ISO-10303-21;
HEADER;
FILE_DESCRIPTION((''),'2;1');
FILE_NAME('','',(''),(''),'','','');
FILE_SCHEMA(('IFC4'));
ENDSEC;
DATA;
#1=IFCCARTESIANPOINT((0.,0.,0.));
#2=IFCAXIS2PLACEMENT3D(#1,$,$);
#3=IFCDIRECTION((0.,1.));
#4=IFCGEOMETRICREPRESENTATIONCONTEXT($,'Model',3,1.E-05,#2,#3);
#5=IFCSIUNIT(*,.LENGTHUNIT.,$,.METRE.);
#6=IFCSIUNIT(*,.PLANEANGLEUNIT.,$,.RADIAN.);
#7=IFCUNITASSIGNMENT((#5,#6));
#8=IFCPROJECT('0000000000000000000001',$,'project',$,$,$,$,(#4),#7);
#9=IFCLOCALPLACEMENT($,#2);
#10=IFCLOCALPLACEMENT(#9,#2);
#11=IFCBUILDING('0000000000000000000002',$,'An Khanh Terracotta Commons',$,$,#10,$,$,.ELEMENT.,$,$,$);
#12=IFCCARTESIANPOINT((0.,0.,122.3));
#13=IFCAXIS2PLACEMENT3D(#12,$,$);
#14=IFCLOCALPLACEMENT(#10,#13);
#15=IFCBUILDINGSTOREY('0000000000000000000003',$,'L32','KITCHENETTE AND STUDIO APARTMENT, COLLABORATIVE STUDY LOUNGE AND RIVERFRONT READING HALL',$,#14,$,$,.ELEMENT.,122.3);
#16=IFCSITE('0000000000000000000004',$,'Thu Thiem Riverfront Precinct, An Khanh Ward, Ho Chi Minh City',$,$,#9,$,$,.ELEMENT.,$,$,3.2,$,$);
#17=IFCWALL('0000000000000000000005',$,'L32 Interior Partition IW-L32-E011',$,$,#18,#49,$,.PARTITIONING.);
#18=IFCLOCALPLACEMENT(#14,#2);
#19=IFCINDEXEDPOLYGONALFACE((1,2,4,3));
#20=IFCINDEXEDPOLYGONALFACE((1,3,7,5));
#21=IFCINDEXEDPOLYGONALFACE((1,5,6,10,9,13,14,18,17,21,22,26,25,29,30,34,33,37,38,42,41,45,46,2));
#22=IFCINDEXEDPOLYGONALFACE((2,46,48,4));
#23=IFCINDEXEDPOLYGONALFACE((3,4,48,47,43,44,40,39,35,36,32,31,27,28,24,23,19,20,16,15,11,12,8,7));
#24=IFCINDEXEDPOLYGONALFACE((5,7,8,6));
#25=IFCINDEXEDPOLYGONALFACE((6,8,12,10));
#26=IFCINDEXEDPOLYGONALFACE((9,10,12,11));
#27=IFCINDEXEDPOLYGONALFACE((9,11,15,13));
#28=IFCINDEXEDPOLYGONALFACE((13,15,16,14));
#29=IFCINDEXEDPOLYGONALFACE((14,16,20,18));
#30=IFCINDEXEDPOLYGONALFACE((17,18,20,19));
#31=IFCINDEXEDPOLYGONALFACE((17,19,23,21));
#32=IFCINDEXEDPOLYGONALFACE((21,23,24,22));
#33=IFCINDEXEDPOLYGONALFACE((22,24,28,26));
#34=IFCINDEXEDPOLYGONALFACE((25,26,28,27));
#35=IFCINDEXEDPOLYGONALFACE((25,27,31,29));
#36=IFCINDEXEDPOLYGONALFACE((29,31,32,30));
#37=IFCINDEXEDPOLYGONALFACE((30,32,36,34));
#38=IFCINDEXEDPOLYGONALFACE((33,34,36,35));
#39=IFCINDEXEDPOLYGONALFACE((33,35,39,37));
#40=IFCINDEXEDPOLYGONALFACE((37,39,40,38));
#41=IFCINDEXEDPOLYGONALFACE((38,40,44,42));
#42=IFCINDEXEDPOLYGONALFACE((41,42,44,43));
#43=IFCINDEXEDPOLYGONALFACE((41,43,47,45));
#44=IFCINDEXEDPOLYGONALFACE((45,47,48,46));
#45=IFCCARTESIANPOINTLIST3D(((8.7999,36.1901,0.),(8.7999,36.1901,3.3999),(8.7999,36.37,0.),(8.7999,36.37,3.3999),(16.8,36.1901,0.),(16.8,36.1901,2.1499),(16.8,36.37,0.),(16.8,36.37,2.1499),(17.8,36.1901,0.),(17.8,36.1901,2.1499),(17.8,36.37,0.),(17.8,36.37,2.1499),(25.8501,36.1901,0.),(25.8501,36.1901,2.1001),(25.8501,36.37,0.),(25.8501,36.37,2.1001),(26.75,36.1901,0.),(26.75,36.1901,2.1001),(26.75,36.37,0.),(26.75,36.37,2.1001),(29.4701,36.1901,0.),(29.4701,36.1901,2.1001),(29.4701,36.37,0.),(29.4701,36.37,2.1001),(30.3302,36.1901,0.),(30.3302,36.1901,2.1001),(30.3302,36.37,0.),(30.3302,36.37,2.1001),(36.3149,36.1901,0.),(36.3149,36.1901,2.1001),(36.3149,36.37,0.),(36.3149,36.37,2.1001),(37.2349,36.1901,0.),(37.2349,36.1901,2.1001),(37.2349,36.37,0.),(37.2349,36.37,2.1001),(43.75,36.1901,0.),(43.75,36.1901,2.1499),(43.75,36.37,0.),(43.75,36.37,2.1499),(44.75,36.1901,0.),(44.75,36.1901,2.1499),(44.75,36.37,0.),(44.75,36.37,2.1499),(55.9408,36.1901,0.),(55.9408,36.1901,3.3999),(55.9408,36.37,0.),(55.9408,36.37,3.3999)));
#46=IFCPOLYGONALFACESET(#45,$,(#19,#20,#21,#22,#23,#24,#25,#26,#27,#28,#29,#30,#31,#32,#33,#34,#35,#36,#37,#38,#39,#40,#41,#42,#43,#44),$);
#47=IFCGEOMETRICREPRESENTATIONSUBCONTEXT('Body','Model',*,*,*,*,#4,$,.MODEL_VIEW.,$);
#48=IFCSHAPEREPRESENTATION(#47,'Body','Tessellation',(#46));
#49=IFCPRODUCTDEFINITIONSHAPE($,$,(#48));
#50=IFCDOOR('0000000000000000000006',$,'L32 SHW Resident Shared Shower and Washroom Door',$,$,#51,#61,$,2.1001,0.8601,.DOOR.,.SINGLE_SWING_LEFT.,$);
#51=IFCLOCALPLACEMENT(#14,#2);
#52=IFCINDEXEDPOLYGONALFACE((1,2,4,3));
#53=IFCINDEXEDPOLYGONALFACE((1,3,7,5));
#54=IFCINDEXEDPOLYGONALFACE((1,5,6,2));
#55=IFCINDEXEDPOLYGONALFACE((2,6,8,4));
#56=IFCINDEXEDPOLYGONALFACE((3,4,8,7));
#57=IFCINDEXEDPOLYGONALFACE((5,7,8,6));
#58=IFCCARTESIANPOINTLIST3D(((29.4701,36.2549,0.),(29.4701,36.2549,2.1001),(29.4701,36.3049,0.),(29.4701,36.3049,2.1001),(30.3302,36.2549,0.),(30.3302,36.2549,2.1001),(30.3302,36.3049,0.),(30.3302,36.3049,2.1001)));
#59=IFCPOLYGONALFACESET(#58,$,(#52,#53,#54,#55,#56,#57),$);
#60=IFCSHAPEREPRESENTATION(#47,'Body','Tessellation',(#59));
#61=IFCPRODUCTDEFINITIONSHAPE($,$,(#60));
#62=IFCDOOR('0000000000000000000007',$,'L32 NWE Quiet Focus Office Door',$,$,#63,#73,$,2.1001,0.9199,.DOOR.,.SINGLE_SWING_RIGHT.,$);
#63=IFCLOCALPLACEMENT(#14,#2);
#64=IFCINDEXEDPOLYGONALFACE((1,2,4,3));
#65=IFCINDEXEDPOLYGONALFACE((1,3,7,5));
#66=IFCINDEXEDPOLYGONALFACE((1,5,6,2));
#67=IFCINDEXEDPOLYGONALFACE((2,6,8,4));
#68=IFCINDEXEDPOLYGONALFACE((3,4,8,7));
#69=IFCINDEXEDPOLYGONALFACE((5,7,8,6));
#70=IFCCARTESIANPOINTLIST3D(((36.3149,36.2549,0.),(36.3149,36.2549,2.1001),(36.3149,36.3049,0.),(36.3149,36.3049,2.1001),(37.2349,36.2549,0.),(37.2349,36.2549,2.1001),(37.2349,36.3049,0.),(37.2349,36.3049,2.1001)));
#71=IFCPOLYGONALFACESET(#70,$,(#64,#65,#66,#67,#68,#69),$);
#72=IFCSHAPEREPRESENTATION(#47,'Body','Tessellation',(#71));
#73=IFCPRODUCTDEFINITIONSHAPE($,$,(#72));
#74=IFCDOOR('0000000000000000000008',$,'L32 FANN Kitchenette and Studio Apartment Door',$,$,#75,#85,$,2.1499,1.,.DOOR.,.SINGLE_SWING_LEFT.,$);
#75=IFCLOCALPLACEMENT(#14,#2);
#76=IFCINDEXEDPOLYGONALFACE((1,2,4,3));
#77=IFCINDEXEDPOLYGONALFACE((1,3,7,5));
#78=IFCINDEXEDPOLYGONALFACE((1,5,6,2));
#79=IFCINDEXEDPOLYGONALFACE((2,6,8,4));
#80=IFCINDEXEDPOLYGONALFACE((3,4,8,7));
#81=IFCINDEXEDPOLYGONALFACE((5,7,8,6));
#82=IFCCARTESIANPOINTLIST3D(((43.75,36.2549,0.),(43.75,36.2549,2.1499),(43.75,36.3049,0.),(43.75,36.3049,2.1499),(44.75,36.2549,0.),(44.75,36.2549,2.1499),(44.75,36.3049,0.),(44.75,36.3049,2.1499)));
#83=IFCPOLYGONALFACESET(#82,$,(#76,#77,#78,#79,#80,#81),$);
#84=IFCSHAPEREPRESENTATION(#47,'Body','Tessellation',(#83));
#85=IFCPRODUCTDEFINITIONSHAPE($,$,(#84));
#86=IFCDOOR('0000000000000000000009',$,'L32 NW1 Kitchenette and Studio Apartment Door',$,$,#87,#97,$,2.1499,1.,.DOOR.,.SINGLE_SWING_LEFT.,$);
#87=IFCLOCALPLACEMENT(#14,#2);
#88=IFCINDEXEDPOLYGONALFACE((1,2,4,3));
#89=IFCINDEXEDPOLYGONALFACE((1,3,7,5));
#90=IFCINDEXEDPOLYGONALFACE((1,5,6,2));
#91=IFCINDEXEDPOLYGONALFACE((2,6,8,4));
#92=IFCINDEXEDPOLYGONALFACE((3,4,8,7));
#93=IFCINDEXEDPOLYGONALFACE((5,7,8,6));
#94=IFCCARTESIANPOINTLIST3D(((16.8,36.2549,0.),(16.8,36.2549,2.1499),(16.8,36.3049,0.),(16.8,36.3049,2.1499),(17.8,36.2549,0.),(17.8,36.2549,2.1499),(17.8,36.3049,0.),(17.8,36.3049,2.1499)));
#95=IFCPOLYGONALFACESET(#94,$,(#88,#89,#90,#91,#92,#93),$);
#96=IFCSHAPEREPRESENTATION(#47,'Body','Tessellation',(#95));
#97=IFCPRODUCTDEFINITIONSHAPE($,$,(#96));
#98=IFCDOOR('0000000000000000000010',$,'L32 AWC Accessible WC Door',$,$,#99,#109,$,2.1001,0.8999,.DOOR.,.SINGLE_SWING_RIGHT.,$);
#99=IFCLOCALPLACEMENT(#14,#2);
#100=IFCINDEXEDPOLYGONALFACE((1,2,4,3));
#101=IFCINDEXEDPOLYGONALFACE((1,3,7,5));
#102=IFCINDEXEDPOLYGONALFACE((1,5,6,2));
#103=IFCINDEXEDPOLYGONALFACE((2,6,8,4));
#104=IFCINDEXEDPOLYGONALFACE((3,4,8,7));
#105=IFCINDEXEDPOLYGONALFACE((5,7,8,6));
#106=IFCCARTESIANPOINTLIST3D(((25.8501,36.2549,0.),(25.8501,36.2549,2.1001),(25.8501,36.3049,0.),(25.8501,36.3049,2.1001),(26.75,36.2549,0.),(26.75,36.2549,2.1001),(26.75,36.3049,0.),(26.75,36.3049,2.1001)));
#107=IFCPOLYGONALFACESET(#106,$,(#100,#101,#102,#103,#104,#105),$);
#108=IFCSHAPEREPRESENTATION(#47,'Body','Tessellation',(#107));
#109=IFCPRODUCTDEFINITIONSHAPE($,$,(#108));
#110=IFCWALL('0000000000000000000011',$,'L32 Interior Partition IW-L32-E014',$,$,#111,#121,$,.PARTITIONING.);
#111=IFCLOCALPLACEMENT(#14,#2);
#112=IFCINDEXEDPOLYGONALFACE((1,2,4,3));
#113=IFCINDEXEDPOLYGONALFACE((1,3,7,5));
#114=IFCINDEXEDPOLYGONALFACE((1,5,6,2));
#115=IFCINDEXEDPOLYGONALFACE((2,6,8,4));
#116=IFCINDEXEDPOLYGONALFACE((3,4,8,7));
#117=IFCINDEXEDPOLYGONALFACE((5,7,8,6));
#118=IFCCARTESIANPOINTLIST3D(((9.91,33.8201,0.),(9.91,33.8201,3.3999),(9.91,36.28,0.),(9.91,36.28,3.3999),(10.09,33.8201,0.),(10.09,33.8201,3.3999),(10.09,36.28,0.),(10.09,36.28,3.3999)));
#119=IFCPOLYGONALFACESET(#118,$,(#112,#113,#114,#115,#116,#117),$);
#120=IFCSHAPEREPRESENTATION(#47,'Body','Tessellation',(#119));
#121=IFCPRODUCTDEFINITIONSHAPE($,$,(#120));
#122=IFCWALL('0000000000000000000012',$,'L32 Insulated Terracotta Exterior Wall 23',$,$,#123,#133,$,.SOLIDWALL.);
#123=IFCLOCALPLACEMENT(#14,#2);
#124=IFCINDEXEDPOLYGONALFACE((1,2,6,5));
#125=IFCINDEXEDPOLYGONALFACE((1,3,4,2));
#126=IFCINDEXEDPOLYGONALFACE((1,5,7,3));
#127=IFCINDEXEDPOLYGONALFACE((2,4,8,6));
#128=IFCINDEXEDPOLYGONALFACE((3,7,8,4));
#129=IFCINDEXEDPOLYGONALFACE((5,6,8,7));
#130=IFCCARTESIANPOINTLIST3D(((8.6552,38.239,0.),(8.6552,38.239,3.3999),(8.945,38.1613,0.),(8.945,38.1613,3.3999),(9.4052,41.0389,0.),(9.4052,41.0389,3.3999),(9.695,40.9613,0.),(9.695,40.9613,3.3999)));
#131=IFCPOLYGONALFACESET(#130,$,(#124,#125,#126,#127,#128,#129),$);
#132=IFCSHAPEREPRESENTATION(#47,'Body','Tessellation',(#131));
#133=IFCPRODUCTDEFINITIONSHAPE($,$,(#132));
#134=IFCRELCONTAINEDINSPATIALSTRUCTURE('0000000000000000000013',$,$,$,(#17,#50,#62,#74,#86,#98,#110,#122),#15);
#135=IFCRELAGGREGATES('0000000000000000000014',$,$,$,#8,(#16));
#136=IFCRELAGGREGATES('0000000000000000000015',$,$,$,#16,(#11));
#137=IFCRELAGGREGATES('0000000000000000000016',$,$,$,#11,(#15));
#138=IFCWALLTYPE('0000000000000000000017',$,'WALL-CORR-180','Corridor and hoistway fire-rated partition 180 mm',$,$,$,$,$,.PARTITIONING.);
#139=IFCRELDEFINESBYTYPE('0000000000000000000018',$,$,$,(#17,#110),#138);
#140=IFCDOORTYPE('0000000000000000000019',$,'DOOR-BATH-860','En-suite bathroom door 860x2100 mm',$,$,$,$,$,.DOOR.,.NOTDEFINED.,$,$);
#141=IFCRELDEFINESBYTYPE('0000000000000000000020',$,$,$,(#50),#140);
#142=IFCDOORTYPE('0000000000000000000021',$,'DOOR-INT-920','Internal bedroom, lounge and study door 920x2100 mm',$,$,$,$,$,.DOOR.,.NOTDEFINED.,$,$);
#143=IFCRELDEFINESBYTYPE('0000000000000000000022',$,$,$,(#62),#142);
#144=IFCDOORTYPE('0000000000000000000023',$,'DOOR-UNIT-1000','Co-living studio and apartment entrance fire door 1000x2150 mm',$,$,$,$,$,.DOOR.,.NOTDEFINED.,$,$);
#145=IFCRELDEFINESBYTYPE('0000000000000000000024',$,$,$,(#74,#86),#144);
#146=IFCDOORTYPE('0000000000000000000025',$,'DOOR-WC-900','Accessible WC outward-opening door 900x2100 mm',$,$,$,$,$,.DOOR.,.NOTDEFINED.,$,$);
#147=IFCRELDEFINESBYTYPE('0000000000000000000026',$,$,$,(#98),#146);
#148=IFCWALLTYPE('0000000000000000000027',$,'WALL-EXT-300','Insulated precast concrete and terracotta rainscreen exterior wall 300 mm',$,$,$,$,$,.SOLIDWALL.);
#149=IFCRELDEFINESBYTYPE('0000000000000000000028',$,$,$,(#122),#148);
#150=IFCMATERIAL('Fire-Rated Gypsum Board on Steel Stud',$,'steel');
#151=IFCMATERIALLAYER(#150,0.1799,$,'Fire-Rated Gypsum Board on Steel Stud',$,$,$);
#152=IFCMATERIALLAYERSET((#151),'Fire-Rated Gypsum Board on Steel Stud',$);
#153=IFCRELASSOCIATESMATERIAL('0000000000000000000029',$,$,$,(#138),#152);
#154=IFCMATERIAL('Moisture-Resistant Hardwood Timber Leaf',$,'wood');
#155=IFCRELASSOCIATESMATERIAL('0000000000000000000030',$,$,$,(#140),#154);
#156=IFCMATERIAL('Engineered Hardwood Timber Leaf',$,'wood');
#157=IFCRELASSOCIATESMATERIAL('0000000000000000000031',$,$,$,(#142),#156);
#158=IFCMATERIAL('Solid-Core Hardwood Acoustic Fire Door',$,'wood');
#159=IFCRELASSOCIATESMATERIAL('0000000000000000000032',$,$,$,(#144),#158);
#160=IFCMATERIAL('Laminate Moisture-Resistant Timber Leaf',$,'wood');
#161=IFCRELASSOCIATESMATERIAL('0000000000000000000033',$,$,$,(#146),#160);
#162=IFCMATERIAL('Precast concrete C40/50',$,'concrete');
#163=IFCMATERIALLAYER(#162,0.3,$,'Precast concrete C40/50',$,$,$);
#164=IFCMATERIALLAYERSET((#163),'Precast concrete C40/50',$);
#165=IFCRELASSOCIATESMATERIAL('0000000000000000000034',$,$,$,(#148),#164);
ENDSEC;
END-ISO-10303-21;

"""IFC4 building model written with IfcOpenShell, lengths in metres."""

from ifc_helpers import new_model, si_unit, direction, frame, frame_2d, origin, place, context, subcontext, project, spatial, rectangle, extrude, material, layer, layer_set, type_object, element, fill, save


model = new_model("IFC4")

# Units and contexts
model_context = context("Model", 3, precision=1e-05, world=origin(), true_north=direction((0.0, 1.0)))
body_context = subcontext(model_context, "Body", "Model", "MODEL_VIEW")
ifc_project = project(units=[si_unit("LENGTHUNIT", "METRE"), si_unit("PLANEANGLEUNIT", "RADIAN")], contexts=[model_context])

# Site, building, storey
site_placement = place(None, origin())
site = spatial("IfcSite", under=ifc_project, at=site_placement, Name="Thu Thiem Riverfront Precinct, An Khanh Ward, Ho Chi Minh City", CompositionType="ELEMENT", RefElevation=3.2)
building_placement = place(site_placement, origin())
building = spatial("IfcBuilding", under=site, at=building_placement, Name="An Khanh Terracotta Commons", CompositionType="ELEMENT")
storey_placement = place(building_placement, frame((0.0, 0.0, 122.3)))
storey = spatial("IfcBuildingStorey", under=building, at=storey_placement, Name="L32", Description="KITCHENETTE AND STUDIO APARTMENT, COLLABORATIVE STUDY LOUNGE AND RIVERFRONT READING HALL", CompositionType="ELEMENT", Elevation=122.3)

# Wall, openings, doors
ifc_material_1 = material(Name="Fire-Rated Gypsum Board on Steel Stud", Category="steel")
ifc_layer_1 = layer(ifc_material_1, 0.1799, Name="Fire-Rated Gypsum Board on Steel Stud")
ifc_layer_set_1 = layer_set([ifc_layer_1], Name="Fire-Rated Gypsum Board on Steel Stud")
wall_type_1 = type_object("IfcWallType", Name="WALL-CORR-180", Description="Corridor and hoistway fire-rated partition 180 mm", PredefinedType="PARTITIONING", material=ifc_layer_set_1)
wall_1_placement = place(storey_placement, frame((8.8, 36.28, 0.0), z_axis=(0.0, 0.0, 1.0), x_axis=(1.0, 0.0, 0.0)))
wall_1 = element("IfcWall", 1, at=wall_1_placement, inside=storey, type_object=wall_type_1, Name="L32 Interior Partition IW-L32-E011", PredefinedType="PARTITIONING", context=body_context, shape_type="SweptSolid", body=[
    extrude(rectangle(XDim=47.1409, YDim=0.1799, at=frame_2d((23.5703, 0.0))), origin(), (0.0, 0.0, 1.0), 3.3999),
])
opening_1_placement = place(wall_1_placement, frame((17.05, 0.0, 0.0)))
opening_1 = element("IfcOpeningElement", 2, at=opening_1_placement, cuts=wall_1, PredefinedType="OPENING", context=body_context, shape_type="SweptSolid", body=[
    extrude(rectangle(XDim=0.8999, YDim=2.1001, at=frame_2d((0.45, 1.05))), frame((0.0, 0.0999, 0.0), z_axis=(0.0, -1.0, 0.0), x_axis=(1.0, 0.0, 0.0)), (0.0, 0.0, 1.0), 0.2),
])
opening_2_placement = place(wall_1_placement, frame((20.6699, 0.0, 0.0)))
opening_2 = element("IfcOpeningElement", 3, at=opening_2_placement, cuts=wall_1, PredefinedType="OPENING", context=body_context, shape_type="SweptSolid", body=[
    extrude(rectangle(XDim=0.8601, YDim=2.1001, at=frame_2d((0.4302, 1.05))), frame((0.0, 0.0999, 0.0), z_axis=(0.0, -1.0, 0.0), x_axis=(1.0, 0.0, 0.0)), (0.0, 0.0, 1.0), 0.2),
])
opening_3_placement = place(wall_1_placement, frame((34.95, 0.0, 0.0)))
opening_3 = element("IfcOpeningElement", 4, at=opening_3_placement, cuts=wall_1, PredefinedType="OPENING", context=body_context, shape_type="SweptSolid", body=[
    extrude(rectangle(XDim=1.0, YDim=2.1499, at=frame_2d((0.5, 1.075))), frame((0.0, 0.0999, 0.0), z_axis=(0.0, -1.0, 0.0), x_axis=(1.0, 0.0, 0.0)), (0.0, 0.0, 1.0), 0.2),
])
opening_4_placement = place(wall_1_placement, frame((8.0, 0.0, 0.0)))
opening_4 = element("IfcOpeningElement", 5, at=opening_4_placement, cuts=wall_1, PredefinedType="OPENING", context=body_context, shape_type="SweptSolid", body=[
    extrude(rectangle(XDim=1.0, YDim=2.1499, at=frame_2d((0.5, 1.075))), frame((0.0, 0.0999, 0.0), z_axis=(0.0, -1.0, 0.0), x_axis=(1.0, 0.0, 0.0)), (0.0, 0.0, 1.0), 0.2),
])
opening_5_placement = place(wall_1_placement, frame((27.5149, 0.0, 0.0)))
opening_5 = element("IfcOpeningElement", 6, at=opening_5_placement, cuts=wall_1, PredefinedType="OPENING", context=body_context, shape_type="SweptSolid", body=[
    extrude(rectangle(XDim=0.9199, YDim=2.1001, at=frame_2d((0.46, 1.05))), frame((0.0, 0.0999, 0.0), z_axis=(0.0, -1.0, 0.0), x_axis=(1.0, 0.0, 0.0)), (0.0, 0.0, 1.0), 0.2),
])
ifc_material_2 = material(Name="Moisture-Resistant Hardwood Timber Leaf", Category="wood")
door_type_1 = type_object("IfcDoorType", Name="DOOR-BATH-860", Description="En-suite bathroom door 860x2100 mm", OperationType="NOTDEFINED", PredefinedType="DOOR", material=ifc_material_2)
door_1_placement = place(opening_2_placement, origin())
door_1 = element("IfcDoor", 7, at=door_1_placement, inside=storey, type_object=door_type_1, Name="L32 SHW Resident Shared Shower and Washroom Door", OperationType="SINGLE_SWING_LEFT", OverallHeight=2.1001, OverallWidth=0.8601, PredefinedType="DOOR", context=body_context, shape_type="SweptSolid", body=[
    extrude(rectangle(XDim=0.8601, YDim=2.1001, at=frame_2d((0.4302, 1.05))), frame((0.0, 0.0249, 0.0), z_axis=(0.0, -1.0, 0.0), x_axis=(1.0, 0.0, 0.0)), (0.0, 0.0, 1.0), 0.05),
])
fill(opening_2, door_1)
ifc_material_3 = material(Name="Engineered Hardwood Timber Leaf", Category="wood")
door_type_2 = type_object("IfcDoorType", Name="DOOR-INT-920", Description="Internal bedroom, lounge and study door 920x2100 mm", OperationType="NOTDEFINED", PredefinedType="DOOR", material=ifc_material_3)
door_2_placement = place(opening_5_placement, origin())
door_2 = element("IfcDoor", 8, at=door_2_placement, inside=storey, type_object=door_type_2, Name="L32 NWE Quiet Focus Office Door", OperationType="SINGLE_SWING_RIGHT", OverallHeight=2.1001, OverallWidth=0.9199, PredefinedType="DOOR", context=body_context, shape_type="SweptSolid", body=[
    extrude(rectangle(XDim=0.9199, YDim=2.1001, at=frame_2d((0.46, 1.05))), frame((0.0, 0.0249, 0.0), z_axis=(0.0, -1.0, 0.0), x_axis=(1.0, 0.0, 0.0)), (0.0, 0.0, 1.0), 0.05),
])
fill(opening_5, door_2)
ifc_material_4 = material(Name="Solid-Core Hardwood Acoustic Fire Door", Category="wood")
door_type_3 = type_object("IfcDoorType", Name="DOOR-UNIT-1000", Description="Co-living studio and apartment entrance fire door 1000x2150 mm", OperationType="NOTDEFINED", PredefinedType="DOOR", material=ifc_material_4)
door_3_placement = place(opening_3_placement, origin())
door_3 = element("IfcDoor", 9, at=door_3_placement, inside=storey, type_object=door_type_3, Name="L32 FANN Kitchenette and Studio Apartment Door", OperationType="SINGLE_SWING_LEFT", OverallHeight=2.1499, OverallWidth=1.0, PredefinedType="DOOR", context=body_context, shape_type="SweptSolid", body=[
    extrude(rectangle(XDim=1.0, YDim=2.1499, at=frame_2d((0.5, 1.075))), frame((0.0, 0.0249, 0.0), z_axis=(0.0, -1.0, 0.0), x_axis=(1.0, 0.0, 0.0)), (0.0, 0.0, 1.0), 0.05),
])
fill(opening_3, door_3)
door_4_placement = place(opening_4_placement, origin())
door_4 = element("IfcDoor", 10, at=door_4_placement, inside=storey, type_object=door_type_3, Name="L32 NW1 Kitchenette and Studio Apartment Door", OperationType="SINGLE_SWING_LEFT", OverallHeight=2.1499, OverallWidth=1.0, PredefinedType="DOOR", context=body_context, shape_type="SweptSolid", body=[
    extrude(rectangle(XDim=1.0, YDim=2.1499, at=frame_2d((0.5, 1.075))), frame((0.0, 0.0249, 0.0), z_axis=(0.0, -1.0, 0.0), x_axis=(1.0, 0.0, 0.0)), (0.0, 0.0, 1.0), 0.05),
])
fill(opening_4, door_4)
ifc_material_5 = material(Name="Laminate Moisture-Resistant Timber Leaf", Category="wood")
door_type_4 = type_object("IfcDoorType", Name="DOOR-WC-900", Description="Accessible WC outward-opening door 900x2100 mm", OperationType="NOTDEFINED", PredefinedType="DOOR", material=ifc_material_5)
door_5_placement = place(opening_1_placement, origin())
door_5 = element("IfcDoor", 11, at=door_5_placement, inside=storey, type_object=door_type_4, Name="L32 AWC Accessible WC Door", OperationType="SINGLE_SWING_RIGHT", OverallHeight=2.1001, OverallWidth=0.8999, PredefinedType="DOOR", context=body_context, shape_type="SweptSolid", body=[
    extrude(rectangle(XDim=0.8999, YDim=2.1001, at=frame_2d((0.45, 1.05))), frame((0.0, 0.0249, 0.0), z_axis=(0.0, -1.0, 0.0), x_axis=(1.0, 0.0, 0.0)), (0.0, 0.0, 1.0), 0.05),
])
fill(opening_1, door_5)

# Walls
wall_2_placement = place(storey_placement, frame((10.0, 33.8201, 0.0), z_axis=(0.0, 0.0, 1.0), x_axis=(0.0, 1.0, 0.0)))
element("IfcWall", 12, at=wall_2_placement, inside=storey, type_object=wall_type_1, Name="L32 Interior Partition IW-L32-E014", PredefinedType="PARTITIONING", context=body_context, shape_type="SweptSolid", body=[
    extrude(rectangle(XDim=2.46, YDim=0.1799, at=frame_2d((1.23, 0.0))), origin(), (0.0, 0.0, 1.0), 3.3999),
])
ifc_material_6 = material(Name="Precast concrete C40/50", Category="concrete")
ifc_layer_2 = layer(ifc_material_6, 0.3, Name="Precast concrete C40/50")
ifc_layer_set_2 = layer_set([ifc_layer_2], Name="Precast concrete C40/50")
wall_type_2 = type_object("IfcWallType", Name="WALL-EXT-300", Description="Insulated precast concrete and terracotta rainscreen exterior wall 300 mm", PredefinedType="SOLIDWALL", material=ifc_layer_set_2)
wall_3_placement = place(storey_placement, frame((9.55, 41.0, 0.0), z_axis=(0.0, 0.0, 1.0), x_axis=(-0.258732, -0.965949, 0.0)))
element("IfcWall", 13, at=wall_3_placement, inside=storey, type_object=wall_type_2, Name="L32 Insulated Terracotta Exterior Wall 23", PredefinedType="SOLIDWALL", context=body_context, shape_type="SweptSolid", body=[
    extrude(rectangle(XDim=2.8987, YDim=0.3, at=frame_2d((1.4492, 0.0))), origin(), (0.0, 0.0, 1.0), 3.3999),
])

save(model, "model.ifc")
